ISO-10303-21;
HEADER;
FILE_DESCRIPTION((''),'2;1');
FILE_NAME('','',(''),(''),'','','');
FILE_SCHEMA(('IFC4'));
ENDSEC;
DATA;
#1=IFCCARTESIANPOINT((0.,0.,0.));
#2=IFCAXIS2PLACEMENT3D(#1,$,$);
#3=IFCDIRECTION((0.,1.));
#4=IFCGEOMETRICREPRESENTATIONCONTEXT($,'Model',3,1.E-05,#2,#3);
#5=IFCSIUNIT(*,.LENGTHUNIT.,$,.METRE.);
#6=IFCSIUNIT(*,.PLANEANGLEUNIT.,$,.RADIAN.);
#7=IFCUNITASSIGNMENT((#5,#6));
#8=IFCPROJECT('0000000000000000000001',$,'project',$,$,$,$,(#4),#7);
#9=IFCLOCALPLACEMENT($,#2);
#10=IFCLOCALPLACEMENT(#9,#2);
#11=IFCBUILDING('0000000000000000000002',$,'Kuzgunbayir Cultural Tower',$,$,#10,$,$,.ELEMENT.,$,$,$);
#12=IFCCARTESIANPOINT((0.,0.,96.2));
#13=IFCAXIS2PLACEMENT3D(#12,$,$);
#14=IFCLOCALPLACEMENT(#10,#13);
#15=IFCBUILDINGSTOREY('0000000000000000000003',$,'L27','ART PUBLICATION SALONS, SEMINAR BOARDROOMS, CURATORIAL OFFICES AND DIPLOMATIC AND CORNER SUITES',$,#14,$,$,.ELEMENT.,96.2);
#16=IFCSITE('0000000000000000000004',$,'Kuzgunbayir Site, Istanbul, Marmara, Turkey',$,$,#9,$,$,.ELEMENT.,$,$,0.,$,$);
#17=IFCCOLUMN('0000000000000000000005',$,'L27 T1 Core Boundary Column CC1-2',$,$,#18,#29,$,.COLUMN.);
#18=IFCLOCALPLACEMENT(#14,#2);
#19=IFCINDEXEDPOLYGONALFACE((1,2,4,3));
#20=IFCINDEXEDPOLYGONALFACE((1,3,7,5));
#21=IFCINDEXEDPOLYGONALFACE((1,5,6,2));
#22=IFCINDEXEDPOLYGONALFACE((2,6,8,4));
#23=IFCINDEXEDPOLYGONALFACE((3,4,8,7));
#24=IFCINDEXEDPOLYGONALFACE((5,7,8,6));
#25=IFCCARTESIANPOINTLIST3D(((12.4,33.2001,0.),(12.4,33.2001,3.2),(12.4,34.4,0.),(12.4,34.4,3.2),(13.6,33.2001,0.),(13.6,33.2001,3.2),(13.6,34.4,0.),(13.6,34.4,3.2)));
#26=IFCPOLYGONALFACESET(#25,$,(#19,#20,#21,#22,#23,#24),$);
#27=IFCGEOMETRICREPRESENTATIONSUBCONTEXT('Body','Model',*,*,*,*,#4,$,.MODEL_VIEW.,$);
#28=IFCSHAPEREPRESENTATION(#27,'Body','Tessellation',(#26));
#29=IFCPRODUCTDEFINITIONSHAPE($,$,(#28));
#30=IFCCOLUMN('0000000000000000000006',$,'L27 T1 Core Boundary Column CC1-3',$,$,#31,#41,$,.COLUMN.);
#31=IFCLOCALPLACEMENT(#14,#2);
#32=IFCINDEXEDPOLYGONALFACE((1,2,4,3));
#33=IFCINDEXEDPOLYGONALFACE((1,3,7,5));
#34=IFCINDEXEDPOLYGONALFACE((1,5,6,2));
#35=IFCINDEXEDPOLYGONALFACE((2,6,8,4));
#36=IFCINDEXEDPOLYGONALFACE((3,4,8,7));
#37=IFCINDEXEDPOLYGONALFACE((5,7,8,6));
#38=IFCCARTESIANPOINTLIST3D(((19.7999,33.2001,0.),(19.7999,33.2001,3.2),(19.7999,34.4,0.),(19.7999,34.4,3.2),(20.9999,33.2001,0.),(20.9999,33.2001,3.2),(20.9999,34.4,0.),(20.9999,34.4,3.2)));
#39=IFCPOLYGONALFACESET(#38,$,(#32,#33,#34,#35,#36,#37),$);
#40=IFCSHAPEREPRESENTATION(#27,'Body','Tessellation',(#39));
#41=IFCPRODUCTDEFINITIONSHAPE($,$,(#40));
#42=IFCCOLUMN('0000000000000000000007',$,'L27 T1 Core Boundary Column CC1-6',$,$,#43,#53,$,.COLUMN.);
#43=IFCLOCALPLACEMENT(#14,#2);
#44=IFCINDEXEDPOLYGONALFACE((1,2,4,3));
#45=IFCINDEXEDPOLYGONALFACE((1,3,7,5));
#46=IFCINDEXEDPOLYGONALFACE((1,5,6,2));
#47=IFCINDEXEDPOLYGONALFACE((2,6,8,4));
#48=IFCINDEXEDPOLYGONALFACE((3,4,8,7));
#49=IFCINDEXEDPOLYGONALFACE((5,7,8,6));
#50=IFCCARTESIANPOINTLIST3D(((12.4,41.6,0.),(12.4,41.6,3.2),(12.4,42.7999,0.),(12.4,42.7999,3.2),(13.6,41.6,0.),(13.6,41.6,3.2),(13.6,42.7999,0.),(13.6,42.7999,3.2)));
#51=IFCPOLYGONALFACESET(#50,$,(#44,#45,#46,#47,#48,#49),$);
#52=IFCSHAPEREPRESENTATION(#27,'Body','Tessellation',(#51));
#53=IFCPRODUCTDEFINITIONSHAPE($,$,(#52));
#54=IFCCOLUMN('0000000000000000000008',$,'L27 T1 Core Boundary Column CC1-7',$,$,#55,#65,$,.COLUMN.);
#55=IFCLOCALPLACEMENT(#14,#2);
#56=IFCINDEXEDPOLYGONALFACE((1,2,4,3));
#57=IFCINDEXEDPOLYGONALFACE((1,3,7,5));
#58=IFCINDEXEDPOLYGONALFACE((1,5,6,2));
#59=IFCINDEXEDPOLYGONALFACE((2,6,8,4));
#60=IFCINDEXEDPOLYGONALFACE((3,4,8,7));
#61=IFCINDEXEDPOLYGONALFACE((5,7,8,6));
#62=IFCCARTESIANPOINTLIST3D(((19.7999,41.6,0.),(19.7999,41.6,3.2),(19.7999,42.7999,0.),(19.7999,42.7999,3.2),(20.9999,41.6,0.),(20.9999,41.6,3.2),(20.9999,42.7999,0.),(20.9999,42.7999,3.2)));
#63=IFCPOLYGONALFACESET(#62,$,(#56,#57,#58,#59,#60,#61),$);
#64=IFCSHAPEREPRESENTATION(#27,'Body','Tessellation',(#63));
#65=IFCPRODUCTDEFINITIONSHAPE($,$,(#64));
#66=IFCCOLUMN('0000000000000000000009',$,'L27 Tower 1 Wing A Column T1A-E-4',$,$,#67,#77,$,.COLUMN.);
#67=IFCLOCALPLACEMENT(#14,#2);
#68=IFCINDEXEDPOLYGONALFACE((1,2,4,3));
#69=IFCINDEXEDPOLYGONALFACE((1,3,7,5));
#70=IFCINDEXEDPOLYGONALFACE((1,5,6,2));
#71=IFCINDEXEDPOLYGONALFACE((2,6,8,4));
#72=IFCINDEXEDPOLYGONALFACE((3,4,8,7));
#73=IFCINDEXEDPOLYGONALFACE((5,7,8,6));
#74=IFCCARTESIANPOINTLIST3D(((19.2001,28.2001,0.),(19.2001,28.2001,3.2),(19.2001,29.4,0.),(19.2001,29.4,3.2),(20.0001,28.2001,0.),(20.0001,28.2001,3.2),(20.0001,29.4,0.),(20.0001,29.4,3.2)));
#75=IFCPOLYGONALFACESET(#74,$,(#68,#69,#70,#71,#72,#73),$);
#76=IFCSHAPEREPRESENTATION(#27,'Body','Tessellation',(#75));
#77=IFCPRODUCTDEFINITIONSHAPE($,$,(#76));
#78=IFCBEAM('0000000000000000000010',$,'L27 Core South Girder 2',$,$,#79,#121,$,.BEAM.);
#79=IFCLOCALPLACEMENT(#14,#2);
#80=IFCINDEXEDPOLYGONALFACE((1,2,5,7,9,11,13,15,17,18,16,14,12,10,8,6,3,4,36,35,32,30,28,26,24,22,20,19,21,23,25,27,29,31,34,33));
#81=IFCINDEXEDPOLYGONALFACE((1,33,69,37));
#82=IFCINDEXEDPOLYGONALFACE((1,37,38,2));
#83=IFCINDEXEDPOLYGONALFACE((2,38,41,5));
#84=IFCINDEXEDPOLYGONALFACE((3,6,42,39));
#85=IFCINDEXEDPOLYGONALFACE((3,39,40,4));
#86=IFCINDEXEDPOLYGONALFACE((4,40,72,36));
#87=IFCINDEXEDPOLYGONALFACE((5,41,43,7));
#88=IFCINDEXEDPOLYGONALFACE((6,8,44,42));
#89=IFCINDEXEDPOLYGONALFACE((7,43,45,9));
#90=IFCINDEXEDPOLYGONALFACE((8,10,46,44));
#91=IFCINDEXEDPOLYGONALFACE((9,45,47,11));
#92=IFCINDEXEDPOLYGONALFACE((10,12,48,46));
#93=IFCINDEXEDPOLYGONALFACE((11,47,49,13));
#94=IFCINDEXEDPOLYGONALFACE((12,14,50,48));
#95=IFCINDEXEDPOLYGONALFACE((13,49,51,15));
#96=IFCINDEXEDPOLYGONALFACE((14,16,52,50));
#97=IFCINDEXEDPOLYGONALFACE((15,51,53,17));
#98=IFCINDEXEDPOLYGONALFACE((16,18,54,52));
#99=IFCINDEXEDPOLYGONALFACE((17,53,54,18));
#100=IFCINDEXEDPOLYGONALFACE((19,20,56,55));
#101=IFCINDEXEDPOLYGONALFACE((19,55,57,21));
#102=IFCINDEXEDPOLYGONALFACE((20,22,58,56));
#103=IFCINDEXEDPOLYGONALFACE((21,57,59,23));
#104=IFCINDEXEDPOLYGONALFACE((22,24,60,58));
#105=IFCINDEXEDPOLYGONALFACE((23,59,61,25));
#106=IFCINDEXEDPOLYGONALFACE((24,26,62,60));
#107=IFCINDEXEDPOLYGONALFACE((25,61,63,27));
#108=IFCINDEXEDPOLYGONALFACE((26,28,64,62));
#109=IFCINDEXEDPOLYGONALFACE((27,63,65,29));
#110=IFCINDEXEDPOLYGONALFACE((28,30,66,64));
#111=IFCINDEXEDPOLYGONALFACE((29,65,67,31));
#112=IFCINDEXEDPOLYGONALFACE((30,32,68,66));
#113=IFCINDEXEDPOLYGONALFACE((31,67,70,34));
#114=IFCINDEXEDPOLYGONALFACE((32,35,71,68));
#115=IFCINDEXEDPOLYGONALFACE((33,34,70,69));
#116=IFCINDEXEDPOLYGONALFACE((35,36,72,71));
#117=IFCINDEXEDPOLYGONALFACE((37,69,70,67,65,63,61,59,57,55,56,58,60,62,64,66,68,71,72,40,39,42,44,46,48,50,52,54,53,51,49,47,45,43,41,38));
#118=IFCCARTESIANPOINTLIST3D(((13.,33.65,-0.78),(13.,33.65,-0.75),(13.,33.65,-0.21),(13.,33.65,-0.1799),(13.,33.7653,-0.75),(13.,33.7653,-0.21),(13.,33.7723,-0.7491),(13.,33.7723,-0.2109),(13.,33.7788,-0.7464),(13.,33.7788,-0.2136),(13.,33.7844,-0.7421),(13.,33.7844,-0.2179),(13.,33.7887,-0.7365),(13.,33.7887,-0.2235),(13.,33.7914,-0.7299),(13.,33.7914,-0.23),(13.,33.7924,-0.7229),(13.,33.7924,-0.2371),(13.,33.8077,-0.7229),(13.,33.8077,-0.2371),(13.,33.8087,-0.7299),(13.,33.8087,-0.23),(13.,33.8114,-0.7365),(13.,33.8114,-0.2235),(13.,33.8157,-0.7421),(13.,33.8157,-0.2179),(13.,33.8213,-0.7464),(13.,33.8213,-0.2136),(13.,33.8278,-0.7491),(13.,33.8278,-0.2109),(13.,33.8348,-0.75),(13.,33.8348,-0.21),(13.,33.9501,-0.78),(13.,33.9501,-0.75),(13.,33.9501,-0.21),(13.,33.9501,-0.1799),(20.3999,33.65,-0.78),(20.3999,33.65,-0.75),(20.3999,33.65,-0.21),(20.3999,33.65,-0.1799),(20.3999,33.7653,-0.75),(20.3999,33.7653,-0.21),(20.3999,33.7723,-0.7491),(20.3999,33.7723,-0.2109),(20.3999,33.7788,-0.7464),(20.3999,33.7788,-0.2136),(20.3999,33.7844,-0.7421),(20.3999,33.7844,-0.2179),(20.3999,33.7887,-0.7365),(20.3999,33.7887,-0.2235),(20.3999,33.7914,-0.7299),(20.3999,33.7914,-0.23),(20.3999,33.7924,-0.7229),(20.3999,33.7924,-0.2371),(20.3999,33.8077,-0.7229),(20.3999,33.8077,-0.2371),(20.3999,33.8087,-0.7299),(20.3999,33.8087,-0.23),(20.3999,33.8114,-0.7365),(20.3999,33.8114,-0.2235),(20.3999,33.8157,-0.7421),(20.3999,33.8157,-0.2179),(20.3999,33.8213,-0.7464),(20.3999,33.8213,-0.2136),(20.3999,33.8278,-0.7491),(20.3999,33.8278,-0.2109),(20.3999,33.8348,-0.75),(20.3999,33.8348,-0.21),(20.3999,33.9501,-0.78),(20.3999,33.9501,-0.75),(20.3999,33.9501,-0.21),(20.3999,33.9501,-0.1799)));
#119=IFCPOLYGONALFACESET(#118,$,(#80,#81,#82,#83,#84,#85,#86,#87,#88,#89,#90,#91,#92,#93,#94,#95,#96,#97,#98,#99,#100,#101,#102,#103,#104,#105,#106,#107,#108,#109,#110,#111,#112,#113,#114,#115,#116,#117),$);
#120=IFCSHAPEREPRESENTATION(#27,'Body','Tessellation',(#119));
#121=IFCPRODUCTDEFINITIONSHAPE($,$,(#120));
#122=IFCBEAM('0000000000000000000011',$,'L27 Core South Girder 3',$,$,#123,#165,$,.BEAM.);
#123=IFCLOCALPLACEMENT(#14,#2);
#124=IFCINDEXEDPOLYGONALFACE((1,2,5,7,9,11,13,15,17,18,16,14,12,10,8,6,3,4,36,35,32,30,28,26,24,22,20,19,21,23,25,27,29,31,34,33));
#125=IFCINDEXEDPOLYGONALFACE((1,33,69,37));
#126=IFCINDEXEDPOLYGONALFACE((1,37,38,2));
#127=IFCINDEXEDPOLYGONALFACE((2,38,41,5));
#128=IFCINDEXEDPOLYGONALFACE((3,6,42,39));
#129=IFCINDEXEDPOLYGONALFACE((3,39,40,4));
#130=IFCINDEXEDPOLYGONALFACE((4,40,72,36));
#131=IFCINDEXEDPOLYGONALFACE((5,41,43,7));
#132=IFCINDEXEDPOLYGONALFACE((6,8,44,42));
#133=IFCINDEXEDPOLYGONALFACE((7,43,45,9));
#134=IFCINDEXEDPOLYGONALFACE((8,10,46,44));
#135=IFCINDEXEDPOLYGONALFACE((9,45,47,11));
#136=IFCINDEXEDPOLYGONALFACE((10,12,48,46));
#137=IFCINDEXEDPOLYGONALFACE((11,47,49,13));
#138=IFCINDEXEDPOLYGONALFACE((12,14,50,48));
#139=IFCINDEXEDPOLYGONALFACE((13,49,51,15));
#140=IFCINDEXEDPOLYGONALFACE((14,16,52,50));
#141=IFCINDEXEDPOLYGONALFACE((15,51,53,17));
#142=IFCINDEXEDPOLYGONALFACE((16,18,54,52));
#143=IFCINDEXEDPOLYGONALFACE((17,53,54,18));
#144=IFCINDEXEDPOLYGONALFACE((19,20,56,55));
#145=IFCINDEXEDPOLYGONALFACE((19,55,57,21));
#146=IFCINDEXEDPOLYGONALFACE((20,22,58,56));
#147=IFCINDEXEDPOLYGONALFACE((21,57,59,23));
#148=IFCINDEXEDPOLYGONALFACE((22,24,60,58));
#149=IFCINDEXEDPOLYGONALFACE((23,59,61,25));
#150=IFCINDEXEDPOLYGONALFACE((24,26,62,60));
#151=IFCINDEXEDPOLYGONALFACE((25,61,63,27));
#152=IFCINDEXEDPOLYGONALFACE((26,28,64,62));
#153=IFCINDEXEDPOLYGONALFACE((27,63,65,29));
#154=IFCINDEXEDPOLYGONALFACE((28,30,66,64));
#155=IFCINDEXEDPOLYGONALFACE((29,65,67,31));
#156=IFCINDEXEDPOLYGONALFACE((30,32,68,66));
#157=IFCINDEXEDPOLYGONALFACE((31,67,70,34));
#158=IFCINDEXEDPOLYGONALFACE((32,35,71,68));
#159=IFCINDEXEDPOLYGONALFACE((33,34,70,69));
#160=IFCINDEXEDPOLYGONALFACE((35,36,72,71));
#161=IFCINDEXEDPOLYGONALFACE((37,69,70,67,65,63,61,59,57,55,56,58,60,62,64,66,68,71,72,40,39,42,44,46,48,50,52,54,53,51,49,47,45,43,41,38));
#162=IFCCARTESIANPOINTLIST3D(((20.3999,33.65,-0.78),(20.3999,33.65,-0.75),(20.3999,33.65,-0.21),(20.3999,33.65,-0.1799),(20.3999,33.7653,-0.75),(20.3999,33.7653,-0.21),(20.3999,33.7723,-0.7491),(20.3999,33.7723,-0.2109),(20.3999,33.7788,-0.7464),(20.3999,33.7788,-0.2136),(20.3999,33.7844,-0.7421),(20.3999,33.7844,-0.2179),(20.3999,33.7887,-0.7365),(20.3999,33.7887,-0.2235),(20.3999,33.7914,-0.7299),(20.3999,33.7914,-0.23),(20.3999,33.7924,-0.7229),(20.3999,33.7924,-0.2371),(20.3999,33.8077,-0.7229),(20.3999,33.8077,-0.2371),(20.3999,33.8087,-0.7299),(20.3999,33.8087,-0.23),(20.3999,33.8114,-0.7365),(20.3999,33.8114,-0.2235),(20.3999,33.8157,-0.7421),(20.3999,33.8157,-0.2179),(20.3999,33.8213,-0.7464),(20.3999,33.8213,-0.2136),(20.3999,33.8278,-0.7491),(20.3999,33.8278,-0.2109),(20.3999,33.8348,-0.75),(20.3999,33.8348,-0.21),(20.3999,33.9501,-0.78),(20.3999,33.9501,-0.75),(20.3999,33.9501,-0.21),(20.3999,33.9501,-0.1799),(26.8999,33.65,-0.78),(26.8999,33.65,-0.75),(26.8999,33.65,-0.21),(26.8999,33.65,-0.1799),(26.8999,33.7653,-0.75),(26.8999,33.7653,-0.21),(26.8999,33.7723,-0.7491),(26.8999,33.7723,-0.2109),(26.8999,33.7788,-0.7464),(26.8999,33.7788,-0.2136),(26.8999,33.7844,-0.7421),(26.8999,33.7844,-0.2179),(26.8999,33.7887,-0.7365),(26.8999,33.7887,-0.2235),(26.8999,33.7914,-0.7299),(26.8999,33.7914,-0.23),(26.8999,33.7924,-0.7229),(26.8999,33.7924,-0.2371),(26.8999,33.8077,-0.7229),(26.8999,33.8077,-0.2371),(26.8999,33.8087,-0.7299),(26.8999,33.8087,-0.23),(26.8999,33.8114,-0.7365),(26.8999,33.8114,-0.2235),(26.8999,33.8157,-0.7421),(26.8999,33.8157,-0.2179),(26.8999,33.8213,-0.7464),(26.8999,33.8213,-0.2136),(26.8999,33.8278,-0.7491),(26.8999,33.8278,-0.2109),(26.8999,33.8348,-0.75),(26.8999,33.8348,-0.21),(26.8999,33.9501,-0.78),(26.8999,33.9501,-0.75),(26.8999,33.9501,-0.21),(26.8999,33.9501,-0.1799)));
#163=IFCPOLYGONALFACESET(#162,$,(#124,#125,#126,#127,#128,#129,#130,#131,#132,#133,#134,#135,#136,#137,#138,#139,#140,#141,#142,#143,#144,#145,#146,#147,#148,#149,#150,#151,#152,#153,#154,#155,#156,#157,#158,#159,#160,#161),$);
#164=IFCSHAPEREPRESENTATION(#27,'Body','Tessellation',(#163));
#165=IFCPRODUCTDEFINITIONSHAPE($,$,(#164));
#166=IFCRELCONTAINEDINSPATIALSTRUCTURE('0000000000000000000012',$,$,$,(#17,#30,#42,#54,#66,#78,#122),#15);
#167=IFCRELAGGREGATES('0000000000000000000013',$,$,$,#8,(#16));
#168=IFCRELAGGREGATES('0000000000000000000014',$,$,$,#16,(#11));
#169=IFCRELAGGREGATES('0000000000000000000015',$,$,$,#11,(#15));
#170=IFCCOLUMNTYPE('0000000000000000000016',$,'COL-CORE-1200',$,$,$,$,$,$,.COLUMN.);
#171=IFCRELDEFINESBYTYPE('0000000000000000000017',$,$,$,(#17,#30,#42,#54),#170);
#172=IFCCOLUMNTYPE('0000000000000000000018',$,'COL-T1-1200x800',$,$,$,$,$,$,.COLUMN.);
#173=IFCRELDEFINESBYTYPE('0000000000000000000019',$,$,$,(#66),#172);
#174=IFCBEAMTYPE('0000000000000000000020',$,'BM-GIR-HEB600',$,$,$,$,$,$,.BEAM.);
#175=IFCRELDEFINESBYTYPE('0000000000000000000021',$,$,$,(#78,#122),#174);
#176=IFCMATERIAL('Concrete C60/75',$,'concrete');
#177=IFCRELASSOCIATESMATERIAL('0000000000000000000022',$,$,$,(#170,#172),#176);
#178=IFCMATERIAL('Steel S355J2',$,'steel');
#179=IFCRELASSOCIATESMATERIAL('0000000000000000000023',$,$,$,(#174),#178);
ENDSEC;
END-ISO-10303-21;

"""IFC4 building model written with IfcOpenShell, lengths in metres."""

from ifc_helpers import new_model, si_unit, direction, frame, origin, origin_2d, place, context, subcontext, project, spatial, rectangle, i_section, extrude, material, material_profile, profile_set, type_object, element, save


model = new_model("IFC4")

# Units and contexts
model_context = context("Model", 3, precision=1e-05, world=origin(), true_north=direction((0.0, 1.0)))
body_context = subcontext(model_context, "Body", "Model", "MODEL_VIEW")
ifc_project = project(units=[si_unit("LENGTHUNIT", "METRE"), si_unit("PLANEANGLEUNIT", "RADIAN")], contexts=[model_context])

# Site, building, storey
site_placement = place(None, origin())
site = spatial("IfcSite", under=ifc_project, at=site_placement, Name="Kuzgunbayir Site, Istanbul, Marmara, Turkey", CompositionType="ELEMENT", RefElevation=0.0)
building_placement = place(site_placement, origin())
building = spatial("IfcBuilding", under=site, at=building_placement, Name="Kuzgunbayir Cultural Tower", CompositionType="ELEMENT")
storey_placement = place(building_placement, frame((0.0, 0.0, 96.2)))
storey = spatial("IfcBuildingStorey", under=building, at=storey_placement, Name="L27", Description="ART PUBLICATION SALONS, SEMINAR BOARDROOMS, CURATORIAL OFFICES AND DIPLOMATIC AND CORNER SUITES", CompositionType="ELEMENT", Elevation=96.2)

# Columns
ifc_material_1 = material(Name="Concrete C60/75", Category="concrete")
ifc_material_profile_1 = material_profile(ifc_material_1, rectangle(XDim=1.2, YDim=1.2, at=origin_2d()), Name="RC 1200x1200")
ifc_profile_set_1 = profile_set([ifc_material_profile_1], Name="Concrete C60/75")
column_type_1 = type_object("IfcColumnType", Name="COL-CORE-1200", PredefinedType="COLUMN", material=ifc_profile_set_1)
for number, where, z_axis, x_axis, name in (
    (1, (13.0, 33.8, 0.0), (0.0, 0.0, 1.0), (1.0, 0.0, 0.0), "L27 T1 Core Boundary Column CC1-2"),
    (2, (20.3999, 33.8, 0.0), (0.0, 0.0, 1.0), (1.0, 0.0, 0.0), "L27 T1 Core Boundary Column CC1-3"),
    (3, (13.0, 42.2, 0.0), (0.0, 0.0, 1.0), (1.0, 0.0, 0.0), "L27 T1 Core Boundary Column CC1-6"),
    (4, (20.3999, 42.2, 0.0), (0.0, 0.0, 1.0), (1.0, 0.0, 0.0), "L27 T1 Core Boundary Column CC1-7"),
):
    element("IfcColumn", number, at=place(storey_placement, frame(where, z_axis=z_axis, x_axis=x_axis)), inside=storey, type_object=column_type_1, Name=name, PredefinedType="COLUMN", context=body_context, shape_type="SweptSolid", body=[
        extrude(rectangle(XDim=1.2, YDim=1.2, at=origin_2d()), origin(), (0.0, 0.0, 1.0), 3.2),
    ])
ifc_material_profile_2 = material_profile(ifc_material_1, rectangle(XDim=0.8, YDim=1.2, at=origin_2d()), Name="RC 1200x800")
ifc_profile_set_2 = profile_set([ifc_material_profile_2], Name="Concrete C60/75")
column_type_2 = type_object("IfcColumnType", Name="COL-T1-1200x800", PredefinedType="COLUMN", material=ifc_profile_set_2)
column_placement = place(storey_placement, frame((19.6001, 28.8, 0.0), z_axis=(0.0, 0.0, 1.0), x_axis=(1.0, 0.0, 0.0)))
element("IfcColumn", 5, at=column_placement, inside=storey, type_object=column_type_2, Name="L27 Tower 1 Wing A Column T1A-E-4", PredefinedType="COLUMN", context=body_context, shape_type="SweptSolid", body=[
    extrude(rectangle(XDim=0.8, YDim=1.2, at=origin_2d()), origin(), (0.0, 0.0, 1.0), 3.2),
])

# Beams
ifc_material_2 = material(Name="Steel S355J2", Category="steel")
ifc_material_profile_3 = material_profile(ifc_material_2, i_section(OverallWidth=0.3, OverallDepth=0.6001, WebThickness=0.0154, FlangeThickness=0.03, FilletRadius=0.0271, at=origin_2d()), Name="HEB 600")
ifc_profile_set_3 = profile_set([ifc_material_profile_3], Name="Steel S355J2")
beam_type = type_object("IfcBeamType", Name="BM-GIR-HEB600", PredefinedType="BEAM", material=ifc_profile_set_3)
beam_1_placement = place(storey_placement, frame((13.0, 33.8, -0.48), z_axis=(1.0, 0.0, 0.0), x_axis=(0.0, 1.0, 0.0)))
element("IfcBeam", 6, at=beam_1_placement, inside=storey, type_object=beam_type, Name="L27 Core South Girder 2", PredefinedType="BEAM", context=body_context, shape_type="SweptSolid", body=[
    extrude(i_section(OverallWidth=0.3, OverallDepth=0.6001, WebThickness=0.0154, FlangeThickness=0.03, FilletRadius=0.0271, at=origin_2d()), origin(), (0.0, 0.0, 1.0), 7.3999),
])
beam_2_placement = place(storey_placement, frame((20.3999, 33.8, -0.48), z_axis=(1.0, 0.0, 0.0), x_axis=(0.0, 1.0, 0.0)))
element("IfcBeam", 7, at=beam_2_placement, inside=storey, type_object=beam_type, Name="L27 Core South Girder 3", PredefinedType="BEAM", context=body_context, shape_type="SweptSolid", body=[
    extrude(i_section(OverallWidth=0.3, OverallDepth=0.6001, WebThickness=0.0154, FlangeThickness=0.03, FilletRadius=0.0271, at=origin_2d()), origin(), (0.0, 0.0, 1.0), 6.5),
])

save(model, "model.ifc")
